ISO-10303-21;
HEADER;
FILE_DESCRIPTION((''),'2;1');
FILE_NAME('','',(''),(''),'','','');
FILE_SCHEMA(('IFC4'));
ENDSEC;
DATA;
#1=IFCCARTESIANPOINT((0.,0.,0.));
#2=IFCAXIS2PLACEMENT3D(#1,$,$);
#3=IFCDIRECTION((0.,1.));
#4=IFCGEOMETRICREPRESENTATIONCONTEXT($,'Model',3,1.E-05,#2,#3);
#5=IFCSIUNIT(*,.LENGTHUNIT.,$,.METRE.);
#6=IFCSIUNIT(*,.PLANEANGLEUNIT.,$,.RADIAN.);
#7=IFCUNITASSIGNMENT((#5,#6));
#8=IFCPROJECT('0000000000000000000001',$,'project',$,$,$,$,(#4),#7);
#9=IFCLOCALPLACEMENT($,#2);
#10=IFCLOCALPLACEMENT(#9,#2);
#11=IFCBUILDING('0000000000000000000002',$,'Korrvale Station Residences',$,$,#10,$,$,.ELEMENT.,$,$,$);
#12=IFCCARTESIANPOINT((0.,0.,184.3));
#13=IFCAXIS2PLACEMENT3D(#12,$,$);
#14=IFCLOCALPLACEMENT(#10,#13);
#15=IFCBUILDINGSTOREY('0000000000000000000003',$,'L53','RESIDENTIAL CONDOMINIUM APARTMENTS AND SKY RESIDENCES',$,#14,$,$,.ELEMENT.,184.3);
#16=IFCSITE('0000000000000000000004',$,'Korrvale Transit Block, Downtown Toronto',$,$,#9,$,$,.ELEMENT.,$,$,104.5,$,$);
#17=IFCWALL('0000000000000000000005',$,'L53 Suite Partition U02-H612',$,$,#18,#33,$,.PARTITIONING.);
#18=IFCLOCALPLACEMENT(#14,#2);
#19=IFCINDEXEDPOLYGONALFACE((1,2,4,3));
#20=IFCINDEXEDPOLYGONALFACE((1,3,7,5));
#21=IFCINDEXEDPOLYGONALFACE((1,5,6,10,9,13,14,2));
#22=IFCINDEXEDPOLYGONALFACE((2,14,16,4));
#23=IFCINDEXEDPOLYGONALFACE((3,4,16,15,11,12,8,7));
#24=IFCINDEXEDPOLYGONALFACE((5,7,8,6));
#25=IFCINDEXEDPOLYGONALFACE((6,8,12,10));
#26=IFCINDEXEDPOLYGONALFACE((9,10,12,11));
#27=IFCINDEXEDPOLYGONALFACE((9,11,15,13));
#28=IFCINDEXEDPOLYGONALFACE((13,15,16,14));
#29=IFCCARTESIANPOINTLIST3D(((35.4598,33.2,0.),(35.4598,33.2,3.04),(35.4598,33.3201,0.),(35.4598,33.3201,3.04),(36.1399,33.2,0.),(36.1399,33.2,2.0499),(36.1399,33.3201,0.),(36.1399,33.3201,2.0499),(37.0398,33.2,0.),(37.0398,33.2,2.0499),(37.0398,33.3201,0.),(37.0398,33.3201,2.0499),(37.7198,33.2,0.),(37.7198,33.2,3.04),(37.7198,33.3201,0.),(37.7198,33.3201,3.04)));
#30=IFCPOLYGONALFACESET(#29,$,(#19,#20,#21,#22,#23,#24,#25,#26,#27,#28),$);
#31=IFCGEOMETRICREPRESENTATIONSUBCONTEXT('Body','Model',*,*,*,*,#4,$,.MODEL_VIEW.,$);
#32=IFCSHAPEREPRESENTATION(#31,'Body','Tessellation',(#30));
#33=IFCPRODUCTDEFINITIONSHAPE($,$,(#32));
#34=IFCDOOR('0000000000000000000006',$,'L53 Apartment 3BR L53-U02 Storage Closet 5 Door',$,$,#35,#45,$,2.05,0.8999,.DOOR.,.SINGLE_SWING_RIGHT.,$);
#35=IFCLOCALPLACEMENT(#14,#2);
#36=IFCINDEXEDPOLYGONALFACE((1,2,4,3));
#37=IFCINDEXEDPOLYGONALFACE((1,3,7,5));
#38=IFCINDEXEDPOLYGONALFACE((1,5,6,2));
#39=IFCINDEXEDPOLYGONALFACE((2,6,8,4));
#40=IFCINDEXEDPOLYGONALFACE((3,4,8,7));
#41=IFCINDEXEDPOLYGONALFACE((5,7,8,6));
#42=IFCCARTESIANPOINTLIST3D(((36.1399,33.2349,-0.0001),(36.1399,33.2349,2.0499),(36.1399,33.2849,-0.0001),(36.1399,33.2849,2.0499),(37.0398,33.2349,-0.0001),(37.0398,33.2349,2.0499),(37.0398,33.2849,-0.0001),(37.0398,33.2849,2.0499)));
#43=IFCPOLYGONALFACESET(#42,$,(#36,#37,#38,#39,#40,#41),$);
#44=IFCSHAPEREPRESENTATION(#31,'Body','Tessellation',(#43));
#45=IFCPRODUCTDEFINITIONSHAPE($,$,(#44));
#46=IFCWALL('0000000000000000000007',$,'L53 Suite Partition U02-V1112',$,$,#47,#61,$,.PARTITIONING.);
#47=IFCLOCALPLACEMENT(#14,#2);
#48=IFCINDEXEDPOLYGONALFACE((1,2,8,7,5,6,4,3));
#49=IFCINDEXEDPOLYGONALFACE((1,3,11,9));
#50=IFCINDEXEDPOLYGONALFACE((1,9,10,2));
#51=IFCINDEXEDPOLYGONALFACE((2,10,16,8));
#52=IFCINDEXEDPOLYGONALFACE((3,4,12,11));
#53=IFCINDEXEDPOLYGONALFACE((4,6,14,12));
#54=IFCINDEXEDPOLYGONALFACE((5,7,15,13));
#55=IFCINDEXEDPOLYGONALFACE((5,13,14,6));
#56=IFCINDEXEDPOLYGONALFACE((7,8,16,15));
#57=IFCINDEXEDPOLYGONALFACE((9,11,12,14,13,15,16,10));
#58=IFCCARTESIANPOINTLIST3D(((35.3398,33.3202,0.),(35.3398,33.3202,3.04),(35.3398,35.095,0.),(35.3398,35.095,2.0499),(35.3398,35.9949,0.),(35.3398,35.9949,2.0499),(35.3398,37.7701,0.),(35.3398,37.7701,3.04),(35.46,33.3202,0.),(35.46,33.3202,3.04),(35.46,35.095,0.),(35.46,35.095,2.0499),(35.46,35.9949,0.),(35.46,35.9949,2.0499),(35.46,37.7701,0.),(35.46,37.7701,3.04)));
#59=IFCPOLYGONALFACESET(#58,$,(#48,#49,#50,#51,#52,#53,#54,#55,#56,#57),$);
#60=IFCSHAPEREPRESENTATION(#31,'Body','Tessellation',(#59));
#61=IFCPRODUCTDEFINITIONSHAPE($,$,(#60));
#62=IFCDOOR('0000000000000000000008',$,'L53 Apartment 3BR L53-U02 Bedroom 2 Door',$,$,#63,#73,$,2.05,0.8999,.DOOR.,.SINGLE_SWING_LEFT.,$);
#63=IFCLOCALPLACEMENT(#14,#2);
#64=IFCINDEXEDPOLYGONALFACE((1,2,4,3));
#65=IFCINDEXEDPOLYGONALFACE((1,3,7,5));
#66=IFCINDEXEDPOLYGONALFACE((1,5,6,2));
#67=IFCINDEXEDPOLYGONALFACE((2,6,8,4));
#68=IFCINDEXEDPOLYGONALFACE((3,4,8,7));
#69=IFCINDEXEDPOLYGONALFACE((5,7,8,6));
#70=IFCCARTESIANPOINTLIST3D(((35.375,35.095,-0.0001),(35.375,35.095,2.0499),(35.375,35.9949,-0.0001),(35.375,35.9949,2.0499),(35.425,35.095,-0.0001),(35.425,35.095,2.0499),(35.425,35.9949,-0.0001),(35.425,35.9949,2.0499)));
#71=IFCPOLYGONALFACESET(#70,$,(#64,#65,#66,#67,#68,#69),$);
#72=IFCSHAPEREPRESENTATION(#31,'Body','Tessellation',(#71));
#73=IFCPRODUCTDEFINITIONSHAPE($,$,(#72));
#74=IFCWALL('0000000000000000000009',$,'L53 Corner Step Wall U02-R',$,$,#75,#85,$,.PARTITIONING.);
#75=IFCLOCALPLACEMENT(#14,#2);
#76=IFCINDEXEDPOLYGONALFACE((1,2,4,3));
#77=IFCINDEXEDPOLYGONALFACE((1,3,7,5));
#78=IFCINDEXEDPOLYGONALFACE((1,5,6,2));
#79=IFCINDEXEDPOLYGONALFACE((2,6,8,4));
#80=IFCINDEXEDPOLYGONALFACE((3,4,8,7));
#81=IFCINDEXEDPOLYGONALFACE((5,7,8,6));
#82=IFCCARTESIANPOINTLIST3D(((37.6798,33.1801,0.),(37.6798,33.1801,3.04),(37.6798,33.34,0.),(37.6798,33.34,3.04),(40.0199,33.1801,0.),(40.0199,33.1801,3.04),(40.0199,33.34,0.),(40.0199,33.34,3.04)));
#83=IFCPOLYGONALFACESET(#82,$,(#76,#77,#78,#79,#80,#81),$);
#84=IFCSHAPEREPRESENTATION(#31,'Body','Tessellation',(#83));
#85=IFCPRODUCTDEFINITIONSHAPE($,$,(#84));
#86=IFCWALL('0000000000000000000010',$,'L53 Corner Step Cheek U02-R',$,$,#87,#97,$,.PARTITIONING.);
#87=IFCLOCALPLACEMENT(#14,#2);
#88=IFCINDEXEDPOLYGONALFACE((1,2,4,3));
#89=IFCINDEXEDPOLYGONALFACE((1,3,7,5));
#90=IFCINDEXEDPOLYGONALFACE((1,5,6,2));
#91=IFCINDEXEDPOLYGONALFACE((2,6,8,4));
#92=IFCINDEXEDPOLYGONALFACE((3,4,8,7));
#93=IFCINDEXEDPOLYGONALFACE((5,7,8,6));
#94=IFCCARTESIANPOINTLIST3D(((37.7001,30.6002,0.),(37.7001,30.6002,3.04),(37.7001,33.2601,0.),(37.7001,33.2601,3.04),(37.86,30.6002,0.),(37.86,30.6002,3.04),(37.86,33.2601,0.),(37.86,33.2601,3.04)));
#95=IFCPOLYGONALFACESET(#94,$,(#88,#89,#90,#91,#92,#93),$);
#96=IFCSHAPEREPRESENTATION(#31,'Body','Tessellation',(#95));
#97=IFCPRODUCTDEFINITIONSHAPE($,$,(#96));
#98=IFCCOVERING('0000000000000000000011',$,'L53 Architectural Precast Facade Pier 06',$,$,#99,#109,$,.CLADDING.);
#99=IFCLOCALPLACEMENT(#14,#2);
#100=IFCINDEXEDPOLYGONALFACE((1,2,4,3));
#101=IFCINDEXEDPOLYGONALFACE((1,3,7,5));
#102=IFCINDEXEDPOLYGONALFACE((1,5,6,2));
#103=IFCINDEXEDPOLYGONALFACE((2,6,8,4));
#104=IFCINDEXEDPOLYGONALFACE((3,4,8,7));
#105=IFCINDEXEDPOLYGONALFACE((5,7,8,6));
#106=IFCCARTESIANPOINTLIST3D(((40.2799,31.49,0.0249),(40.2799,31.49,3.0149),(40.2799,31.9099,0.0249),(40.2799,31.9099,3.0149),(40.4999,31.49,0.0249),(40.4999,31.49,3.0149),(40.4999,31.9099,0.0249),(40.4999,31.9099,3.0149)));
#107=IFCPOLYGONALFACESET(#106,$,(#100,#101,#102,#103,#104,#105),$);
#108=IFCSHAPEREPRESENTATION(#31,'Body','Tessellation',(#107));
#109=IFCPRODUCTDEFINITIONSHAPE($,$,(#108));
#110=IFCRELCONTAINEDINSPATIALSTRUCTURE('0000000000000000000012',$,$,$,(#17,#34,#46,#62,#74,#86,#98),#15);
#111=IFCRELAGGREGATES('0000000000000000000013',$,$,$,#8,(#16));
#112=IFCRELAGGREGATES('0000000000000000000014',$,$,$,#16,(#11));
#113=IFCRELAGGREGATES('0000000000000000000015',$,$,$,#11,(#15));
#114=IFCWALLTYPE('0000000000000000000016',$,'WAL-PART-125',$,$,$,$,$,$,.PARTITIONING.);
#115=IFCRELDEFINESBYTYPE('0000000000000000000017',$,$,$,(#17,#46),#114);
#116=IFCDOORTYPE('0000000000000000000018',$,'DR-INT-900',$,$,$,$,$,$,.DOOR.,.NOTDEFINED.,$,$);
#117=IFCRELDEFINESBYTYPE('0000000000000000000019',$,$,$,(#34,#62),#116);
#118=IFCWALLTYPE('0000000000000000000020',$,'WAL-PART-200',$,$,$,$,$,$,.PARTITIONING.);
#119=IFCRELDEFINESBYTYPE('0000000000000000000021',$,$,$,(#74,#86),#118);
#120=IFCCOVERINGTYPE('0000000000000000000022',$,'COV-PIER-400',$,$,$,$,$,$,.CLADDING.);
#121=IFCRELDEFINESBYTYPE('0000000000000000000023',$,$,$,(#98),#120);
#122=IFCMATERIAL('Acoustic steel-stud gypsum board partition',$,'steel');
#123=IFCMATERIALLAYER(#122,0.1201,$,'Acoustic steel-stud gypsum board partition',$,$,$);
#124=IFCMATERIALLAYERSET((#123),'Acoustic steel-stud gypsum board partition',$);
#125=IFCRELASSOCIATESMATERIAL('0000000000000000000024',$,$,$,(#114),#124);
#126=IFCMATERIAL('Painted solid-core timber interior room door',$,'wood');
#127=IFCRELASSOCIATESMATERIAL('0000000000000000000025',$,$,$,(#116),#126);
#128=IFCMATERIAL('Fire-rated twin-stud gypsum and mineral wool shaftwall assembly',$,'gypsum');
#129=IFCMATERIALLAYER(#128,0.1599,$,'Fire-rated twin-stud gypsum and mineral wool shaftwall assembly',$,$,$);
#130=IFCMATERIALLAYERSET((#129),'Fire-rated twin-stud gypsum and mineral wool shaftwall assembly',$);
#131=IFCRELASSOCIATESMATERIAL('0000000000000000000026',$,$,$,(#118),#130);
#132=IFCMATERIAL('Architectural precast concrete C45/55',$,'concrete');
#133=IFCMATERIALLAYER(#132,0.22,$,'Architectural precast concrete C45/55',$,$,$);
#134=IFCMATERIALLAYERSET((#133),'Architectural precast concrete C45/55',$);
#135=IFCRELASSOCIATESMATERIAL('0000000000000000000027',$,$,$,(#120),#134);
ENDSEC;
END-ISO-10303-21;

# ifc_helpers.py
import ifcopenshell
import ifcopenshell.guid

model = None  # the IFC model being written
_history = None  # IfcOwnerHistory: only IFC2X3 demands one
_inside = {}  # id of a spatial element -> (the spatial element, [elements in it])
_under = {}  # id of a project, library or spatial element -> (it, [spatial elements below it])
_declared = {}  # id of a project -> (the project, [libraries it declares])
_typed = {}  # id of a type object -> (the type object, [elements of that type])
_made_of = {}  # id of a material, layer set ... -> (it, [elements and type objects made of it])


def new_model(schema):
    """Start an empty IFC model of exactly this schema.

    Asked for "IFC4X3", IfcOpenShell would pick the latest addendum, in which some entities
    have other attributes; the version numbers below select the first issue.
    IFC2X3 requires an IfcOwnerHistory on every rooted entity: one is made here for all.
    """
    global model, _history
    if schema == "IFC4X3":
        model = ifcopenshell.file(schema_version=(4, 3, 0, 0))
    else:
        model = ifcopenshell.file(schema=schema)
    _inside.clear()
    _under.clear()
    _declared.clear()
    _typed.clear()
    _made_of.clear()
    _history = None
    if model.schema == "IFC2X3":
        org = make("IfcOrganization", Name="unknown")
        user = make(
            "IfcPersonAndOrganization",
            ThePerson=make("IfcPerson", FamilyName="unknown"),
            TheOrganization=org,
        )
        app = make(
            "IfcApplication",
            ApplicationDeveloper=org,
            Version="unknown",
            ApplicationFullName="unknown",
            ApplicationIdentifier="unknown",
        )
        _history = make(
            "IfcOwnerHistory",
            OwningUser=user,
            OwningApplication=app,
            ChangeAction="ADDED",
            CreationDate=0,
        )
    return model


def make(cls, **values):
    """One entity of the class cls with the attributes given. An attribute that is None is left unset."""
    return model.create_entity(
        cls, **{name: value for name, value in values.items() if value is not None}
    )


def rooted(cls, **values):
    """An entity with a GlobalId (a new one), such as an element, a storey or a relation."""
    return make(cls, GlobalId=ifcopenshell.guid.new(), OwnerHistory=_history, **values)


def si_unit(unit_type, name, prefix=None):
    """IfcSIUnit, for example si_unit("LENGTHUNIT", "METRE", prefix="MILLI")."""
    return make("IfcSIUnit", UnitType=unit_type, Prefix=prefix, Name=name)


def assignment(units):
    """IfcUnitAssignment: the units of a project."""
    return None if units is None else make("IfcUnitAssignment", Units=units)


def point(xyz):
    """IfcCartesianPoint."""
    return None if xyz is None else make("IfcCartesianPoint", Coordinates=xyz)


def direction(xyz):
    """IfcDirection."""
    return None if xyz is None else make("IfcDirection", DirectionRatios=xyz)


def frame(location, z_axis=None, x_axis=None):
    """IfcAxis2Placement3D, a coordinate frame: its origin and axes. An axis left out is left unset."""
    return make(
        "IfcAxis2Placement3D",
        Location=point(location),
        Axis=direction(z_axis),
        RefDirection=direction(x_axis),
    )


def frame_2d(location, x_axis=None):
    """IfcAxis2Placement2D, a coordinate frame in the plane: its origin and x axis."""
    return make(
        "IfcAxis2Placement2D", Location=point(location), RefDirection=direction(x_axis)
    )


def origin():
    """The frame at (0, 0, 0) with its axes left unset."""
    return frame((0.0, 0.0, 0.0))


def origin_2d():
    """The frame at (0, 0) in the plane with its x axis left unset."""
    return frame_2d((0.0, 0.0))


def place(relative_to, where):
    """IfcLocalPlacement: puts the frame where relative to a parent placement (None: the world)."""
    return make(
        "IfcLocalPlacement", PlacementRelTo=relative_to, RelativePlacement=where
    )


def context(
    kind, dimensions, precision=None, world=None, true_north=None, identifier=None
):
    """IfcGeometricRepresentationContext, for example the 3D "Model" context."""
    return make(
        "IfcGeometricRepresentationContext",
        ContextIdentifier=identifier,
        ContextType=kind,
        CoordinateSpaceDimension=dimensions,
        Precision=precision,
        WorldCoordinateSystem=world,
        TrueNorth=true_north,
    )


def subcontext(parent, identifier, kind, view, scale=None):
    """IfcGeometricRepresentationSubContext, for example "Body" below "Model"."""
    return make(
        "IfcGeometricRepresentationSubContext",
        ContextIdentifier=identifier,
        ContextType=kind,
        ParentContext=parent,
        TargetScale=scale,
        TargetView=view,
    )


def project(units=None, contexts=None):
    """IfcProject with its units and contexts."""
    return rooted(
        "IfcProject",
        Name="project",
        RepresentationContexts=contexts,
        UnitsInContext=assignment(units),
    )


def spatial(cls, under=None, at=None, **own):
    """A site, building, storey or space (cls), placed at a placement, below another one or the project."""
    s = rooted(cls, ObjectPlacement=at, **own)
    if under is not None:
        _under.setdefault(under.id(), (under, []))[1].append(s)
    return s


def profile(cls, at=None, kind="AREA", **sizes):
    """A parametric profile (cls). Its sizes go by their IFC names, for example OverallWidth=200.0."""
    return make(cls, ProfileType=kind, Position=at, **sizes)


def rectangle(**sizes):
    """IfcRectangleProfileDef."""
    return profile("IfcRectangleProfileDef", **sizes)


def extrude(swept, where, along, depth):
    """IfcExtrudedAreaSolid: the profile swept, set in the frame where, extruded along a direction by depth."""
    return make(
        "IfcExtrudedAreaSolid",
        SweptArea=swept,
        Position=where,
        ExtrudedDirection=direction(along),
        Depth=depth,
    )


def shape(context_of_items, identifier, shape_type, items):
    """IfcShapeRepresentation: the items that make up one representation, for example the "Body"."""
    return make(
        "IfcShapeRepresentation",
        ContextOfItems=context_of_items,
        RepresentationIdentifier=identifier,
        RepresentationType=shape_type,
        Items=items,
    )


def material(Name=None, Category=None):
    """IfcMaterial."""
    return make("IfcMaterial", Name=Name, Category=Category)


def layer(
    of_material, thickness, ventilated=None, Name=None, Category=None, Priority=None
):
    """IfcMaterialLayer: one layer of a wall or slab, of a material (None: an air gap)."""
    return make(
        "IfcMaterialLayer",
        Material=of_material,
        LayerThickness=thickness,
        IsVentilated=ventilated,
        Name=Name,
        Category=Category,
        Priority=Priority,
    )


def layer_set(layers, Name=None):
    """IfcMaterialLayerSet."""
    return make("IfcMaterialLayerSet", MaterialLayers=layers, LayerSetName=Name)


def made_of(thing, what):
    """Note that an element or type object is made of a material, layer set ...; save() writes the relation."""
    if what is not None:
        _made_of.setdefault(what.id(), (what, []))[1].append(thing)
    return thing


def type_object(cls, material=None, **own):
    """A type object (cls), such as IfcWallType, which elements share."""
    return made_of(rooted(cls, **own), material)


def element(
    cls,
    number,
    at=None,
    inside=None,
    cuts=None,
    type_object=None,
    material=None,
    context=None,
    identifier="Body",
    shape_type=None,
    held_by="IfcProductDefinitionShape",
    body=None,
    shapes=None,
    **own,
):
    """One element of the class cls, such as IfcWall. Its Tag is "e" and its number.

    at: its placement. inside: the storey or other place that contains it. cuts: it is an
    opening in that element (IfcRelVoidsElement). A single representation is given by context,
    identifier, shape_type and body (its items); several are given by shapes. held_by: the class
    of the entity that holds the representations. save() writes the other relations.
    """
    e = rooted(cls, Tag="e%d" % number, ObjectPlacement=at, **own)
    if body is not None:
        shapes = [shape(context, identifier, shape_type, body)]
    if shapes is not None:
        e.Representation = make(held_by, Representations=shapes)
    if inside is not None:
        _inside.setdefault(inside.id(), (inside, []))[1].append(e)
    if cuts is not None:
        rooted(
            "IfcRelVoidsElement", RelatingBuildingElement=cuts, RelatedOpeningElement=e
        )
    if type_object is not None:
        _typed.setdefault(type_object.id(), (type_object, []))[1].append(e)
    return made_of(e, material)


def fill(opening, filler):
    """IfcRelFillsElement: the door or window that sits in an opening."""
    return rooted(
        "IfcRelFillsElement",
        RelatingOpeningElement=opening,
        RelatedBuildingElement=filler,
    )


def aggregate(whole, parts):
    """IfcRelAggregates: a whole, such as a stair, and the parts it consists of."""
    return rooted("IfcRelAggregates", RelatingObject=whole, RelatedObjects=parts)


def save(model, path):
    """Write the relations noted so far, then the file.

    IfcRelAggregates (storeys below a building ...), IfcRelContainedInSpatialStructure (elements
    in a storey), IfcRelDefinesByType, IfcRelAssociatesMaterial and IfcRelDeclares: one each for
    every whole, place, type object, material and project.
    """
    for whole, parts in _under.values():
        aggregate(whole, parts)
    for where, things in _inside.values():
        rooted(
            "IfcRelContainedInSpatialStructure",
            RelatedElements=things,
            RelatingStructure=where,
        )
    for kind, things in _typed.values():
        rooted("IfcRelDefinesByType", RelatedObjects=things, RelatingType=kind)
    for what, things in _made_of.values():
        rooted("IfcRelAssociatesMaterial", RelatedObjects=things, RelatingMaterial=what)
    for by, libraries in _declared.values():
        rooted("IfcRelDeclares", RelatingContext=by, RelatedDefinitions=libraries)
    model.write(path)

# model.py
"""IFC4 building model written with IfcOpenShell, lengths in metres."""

from ifc_helpers import new_model, si_unit, direction, frame, frame_2d, origin, origin_2d, place, context, subcontext, project, spatial, rectangle, extrude, material, layer, layer_set, type_object, element, fill, save


model = new_model("IFC4")

# Units and contexts
model_context = context("Model", 3, precision=1e-05, world=origin(), true_north=direction((0.0, 1.0)))
body_context = subcontext(model_context, "Body", "Model", "MODEL_VIEW")
ifc_project = project(units=[si_unit("LENGTHUNIT", "METRE"), si_unit("PLANEANGLEUNIT", "RADIAN")], contexts=[model_context])

# Site, building, storey
site_placement = place(None, origin())
site = spatial("IfcSite", under=ifc_project, at=site_placement, Name="Korrvale Transit Block, Downtown Toronto", CompositionType="ELEMENT", RefElevation=104.5)
building_placement = place(site_placement, origin())
building = spatial("IfcBuilding", under=site, at=building_placement, Name="Korrvale Station Residences", CompositionType="ELEMENT")
storey_placement = place(building_placement, frame((0.0, 0.0, 184.3)))
storey = spatial("IfcBuildingStorey", under=building, at=storey_placement, Name="L53", Description="RESIDENTIAL CONDOMINIUM APARTMENTS AND SKY RESIDENCES", CompositionType="ELEMENT", Elevation=184.3)

# Shared definitions
ifc_material_1 = material(Name="Acoustic steel-stud gypsum board partition", Category="steel")
ifc_layer_1 = layer(ifc_material_1, 0.1201, Name="Acoustic steel-stud gypsum board partition")
ifc_layer_set_1 = layer_set([ifc_layer_1], Name="Acoustic steel-stud gypsum board partition")
wall_type_1 = type_object("IfcWallType", Name="WAL-PART-125", PredefinedType="PARTITIONING", material=ifc_layer_set_1)
ifc_material_2 = material(Name="Painted solid-core timber interior room door", Category="wood")
door_type = type_object("IfcDoorType", Name="DR-INT-900", OperationType="NOTDEFINED", PredefinedType="DOOR", material=ifc_material_2)

# Walls, openings, doors
wall_1_placement = place(storey_placement, frame((35.46, 33.26, 0.0), z_axis=(0.0, 0.0, 1.0), x_axis=(1.0, 0.0, 0.0)))
wall_1 = element("IfcWall", 1, at=wall_1_placement, inside=storey, type_object=wall_type_1, Name="L53 Suite Partition U02-H612", PredefinedType="PARTITIONING", context=body_context, shape_type="SweptSolid", body=[
    extrude(rectangle(XDim=2.26, YDim=0.1201, at=frame_2d((1.1299, 0.0))), origin(), (0.0, 0.0, 1.0), 3.04),
])
opening_1_placement = place(wall_1_placement, frame((0.6799, 0.0, 0.0)))
opening_1 = element("IfcOpeningElement", 2, at=opening_1_placement, cuts=wall_1, PredefinedType="OPENING", context=body_context, shape_type="SweptSolid", body=[
    extrude(rectangle(XDim=0.8999, YDim=2.05, at=frame_2d((0.45, 1.0249))), frame((0.0, 0.0701, 0.0), z_axis=(0.0, -1.0, 0.0), x_axis=(1.0, 0.0, 0.0)), (0.0, 0.0, 1.0), 0.1401),
])
door_1_placement = place(opening_1_placement, origin())
door_1 = element("IfcDoor", 3, at=door_1_placement, inside=storey, type_object=door_type, Name="L53 Apartment 3BR L53-U02 Storage Closet 5 Door", OperationType="SINGLE_SWING_RIGHT", OverallHeight=2.05, OverallWidth=0.8999, PredefinedType="DOOR", context=body_context, shape_type="SweptSolid", body=[
    extrude(rectangle(XDim=0.8999, YDim=2.05, at=frame_2d((0.45, 1.0249))), frame((0.0, 0.0249, 0.0), z_axis=(0.0, -1.0, 0.0), x_axis=(1.0, 0.0, 0.0)), (0.0, 0.0, 1.0), 0.05),
])
fill(opening_1, door_1)
wall_2_placement = place(storey_placement, frame((35.3999, 33.3201, 0.0), z_axis=(0.0, 0.0, 1.0), x_axis=(0.0, 1.0, 0.0)))
wall_2 = element("IfcWall", 4, at=wall_2_placement, inside=storey, type_object=wall_type_1, Name="L53 Suite Partition U02-V1112", PredefinedType="PARTITIONING", context=body_context, shape_type="SweptSolid", body=[
    extrude(rectangle(XDim=4.45, YDim=0.1201, at=frame_2d((2.2251, 0.0))), origin(), (0.0, 0.0, 1.0), 3.04),
])
opening_2_placement = place(wall_2_placement, frame((1.7749, 0.0, 0.0)))
opening_2 = element("IfcOpeningElement", 5, at=opening_2_placement, cuts=wall_2, PredefinedType="OPENING", context=body_context, shape_type="SweptSolid", body=[
    extrude(rectangle(XDim=0.8999, YDim=2.05, at=frame_2d((0.45, 1.0249))), frame((0.0, 0.0701, 0.0), z_axis=(0.0, -1.0, 0.0), x_axis=(1.0, 0.0, 0.0)), (0.0, 0.0, 1.0), 0.1401),
])
door_2_placement = place(opening_2_placement, origin())
door_2 = element("IfcDoor", 6, at=door_2_placement, inside=storey, type_object=door_type, Name="L53 Apartment 3BR L53-U02 Bedroom 2 Door", OperationType="SINGLE_SWING_LEFT", OverallHeight=2.05, OverallWidth=0.8999, PredefinedType="DOOR", context=body_context, shape_type="SweptSolid", body=[
    extrude(rectangle(XDim=0.8999, YDim=2.05, at=frame_2d((0.45, 1.0249))), frame((0.0, 0.0249, 0.0), z_axis=(0.0, -1.0, 0.0), x_axis=(1.0, 0.0, 0.0)), (0.0, 0.0, 1.0), 0.05),
])
fill(opening_2, door_2)

# Walls
ifc_material_3 = material(Name="Fire-rated twin-stud gypsum and mineral wool shaftwall assembly", Category="gypsum")
ifc_layer_2 = layer(ifc_material_3, 0.1599, Name="Fire-rated twin-stud gypsum and mineral wool shaftwall assembly")
ifc_layer_set_2 = layer_set([ifc_layer_2], Name="Fire-rated twin-stud gypsum and mineral wool shaftwall assembly")
wall_type_2 = type_object("IfcWallType", Name="WAL-PART-200", PredefinedType="PARTITIONING", material=ifc_layer_set_2)
wall_3_placement = place(storey_placement, frame((37.6799, 33.26, 0.0), z_axis=(0.0, 0.0, 1.0), x_axis=(1.0, 0.0, 0.0)))
element("IfcWall", 7, at=wall_3_placement, inside=storey, type_object=wall_type_2, Name="L53 Corner Step Wall U02-R", PredefinedType="PARTITIONING", context=body_context, shape_type="SweptSolid", body=[
    extrude(rectangle(XDim=2.3401, YDim=0.1599, at=frame_2d((1.1699, 0.0))), origin(), (0.0, 0.0, 1.0), 3.04),
])
wall_4_placement = place(storey_placement, frame((37.78, 30.6001, 0.0), z_axis=(0.0, 0.0, 1.0), x_axis=(0.0, 1.0, 0.0)))
element("IfcWall", 8, at=wall_4_placement, inside=storey, type_object=wall_type_2, Name="L53 Corner Step Cheek U02-R", PredefinedType="PARTITIONING", context=body_context, shape_type="SweptSolid", body=[
    extrude(rectangle(XDim=2.6599, YDim=0.1599, at=frame_2d((1.3301, 0.0))), origin(), (0.0, 0.0, 1.0), 3.04),
])

# Covering
ifc_material_4 = material(Name="Architectural precast concrete C45/55", Category="concrete")
ifc_layer_3 = layer(ifc_material_4, 0.22, Name="Architectural precast concrete C45/55")
ifc_layer_set_3 = layer_set([ifc_layer_3], Name="Architectural precast concrete C45/55")
covering_type = type_object("IfcCoveringType", Name="COV-PIER-400", PredefinedType="CLADDING", material=ifc_layer_set_3)
covering_placement = place(storey_placement, frame((40.3899, 31.7, 0.0249), z_axis=(0.0, 0.0, 1.0), x_axis=(0.0, 1.0, 0.0)))
element("IfcCovering", 9, at=covering_placement, inside=storey, type_object=covering_type, Name="L53 Architectural Precast Facade Pier 06", PredefinedType="CLADDING", context=body_context, shape_type="SweptSolid", body=[
    extrude(rectangle(XDim=0.4199, YDim=0.22, at=origin_2d()), origin(), (0.0, 0.0, 1.0), 2.99),
])

save(model, "model.ifc")
